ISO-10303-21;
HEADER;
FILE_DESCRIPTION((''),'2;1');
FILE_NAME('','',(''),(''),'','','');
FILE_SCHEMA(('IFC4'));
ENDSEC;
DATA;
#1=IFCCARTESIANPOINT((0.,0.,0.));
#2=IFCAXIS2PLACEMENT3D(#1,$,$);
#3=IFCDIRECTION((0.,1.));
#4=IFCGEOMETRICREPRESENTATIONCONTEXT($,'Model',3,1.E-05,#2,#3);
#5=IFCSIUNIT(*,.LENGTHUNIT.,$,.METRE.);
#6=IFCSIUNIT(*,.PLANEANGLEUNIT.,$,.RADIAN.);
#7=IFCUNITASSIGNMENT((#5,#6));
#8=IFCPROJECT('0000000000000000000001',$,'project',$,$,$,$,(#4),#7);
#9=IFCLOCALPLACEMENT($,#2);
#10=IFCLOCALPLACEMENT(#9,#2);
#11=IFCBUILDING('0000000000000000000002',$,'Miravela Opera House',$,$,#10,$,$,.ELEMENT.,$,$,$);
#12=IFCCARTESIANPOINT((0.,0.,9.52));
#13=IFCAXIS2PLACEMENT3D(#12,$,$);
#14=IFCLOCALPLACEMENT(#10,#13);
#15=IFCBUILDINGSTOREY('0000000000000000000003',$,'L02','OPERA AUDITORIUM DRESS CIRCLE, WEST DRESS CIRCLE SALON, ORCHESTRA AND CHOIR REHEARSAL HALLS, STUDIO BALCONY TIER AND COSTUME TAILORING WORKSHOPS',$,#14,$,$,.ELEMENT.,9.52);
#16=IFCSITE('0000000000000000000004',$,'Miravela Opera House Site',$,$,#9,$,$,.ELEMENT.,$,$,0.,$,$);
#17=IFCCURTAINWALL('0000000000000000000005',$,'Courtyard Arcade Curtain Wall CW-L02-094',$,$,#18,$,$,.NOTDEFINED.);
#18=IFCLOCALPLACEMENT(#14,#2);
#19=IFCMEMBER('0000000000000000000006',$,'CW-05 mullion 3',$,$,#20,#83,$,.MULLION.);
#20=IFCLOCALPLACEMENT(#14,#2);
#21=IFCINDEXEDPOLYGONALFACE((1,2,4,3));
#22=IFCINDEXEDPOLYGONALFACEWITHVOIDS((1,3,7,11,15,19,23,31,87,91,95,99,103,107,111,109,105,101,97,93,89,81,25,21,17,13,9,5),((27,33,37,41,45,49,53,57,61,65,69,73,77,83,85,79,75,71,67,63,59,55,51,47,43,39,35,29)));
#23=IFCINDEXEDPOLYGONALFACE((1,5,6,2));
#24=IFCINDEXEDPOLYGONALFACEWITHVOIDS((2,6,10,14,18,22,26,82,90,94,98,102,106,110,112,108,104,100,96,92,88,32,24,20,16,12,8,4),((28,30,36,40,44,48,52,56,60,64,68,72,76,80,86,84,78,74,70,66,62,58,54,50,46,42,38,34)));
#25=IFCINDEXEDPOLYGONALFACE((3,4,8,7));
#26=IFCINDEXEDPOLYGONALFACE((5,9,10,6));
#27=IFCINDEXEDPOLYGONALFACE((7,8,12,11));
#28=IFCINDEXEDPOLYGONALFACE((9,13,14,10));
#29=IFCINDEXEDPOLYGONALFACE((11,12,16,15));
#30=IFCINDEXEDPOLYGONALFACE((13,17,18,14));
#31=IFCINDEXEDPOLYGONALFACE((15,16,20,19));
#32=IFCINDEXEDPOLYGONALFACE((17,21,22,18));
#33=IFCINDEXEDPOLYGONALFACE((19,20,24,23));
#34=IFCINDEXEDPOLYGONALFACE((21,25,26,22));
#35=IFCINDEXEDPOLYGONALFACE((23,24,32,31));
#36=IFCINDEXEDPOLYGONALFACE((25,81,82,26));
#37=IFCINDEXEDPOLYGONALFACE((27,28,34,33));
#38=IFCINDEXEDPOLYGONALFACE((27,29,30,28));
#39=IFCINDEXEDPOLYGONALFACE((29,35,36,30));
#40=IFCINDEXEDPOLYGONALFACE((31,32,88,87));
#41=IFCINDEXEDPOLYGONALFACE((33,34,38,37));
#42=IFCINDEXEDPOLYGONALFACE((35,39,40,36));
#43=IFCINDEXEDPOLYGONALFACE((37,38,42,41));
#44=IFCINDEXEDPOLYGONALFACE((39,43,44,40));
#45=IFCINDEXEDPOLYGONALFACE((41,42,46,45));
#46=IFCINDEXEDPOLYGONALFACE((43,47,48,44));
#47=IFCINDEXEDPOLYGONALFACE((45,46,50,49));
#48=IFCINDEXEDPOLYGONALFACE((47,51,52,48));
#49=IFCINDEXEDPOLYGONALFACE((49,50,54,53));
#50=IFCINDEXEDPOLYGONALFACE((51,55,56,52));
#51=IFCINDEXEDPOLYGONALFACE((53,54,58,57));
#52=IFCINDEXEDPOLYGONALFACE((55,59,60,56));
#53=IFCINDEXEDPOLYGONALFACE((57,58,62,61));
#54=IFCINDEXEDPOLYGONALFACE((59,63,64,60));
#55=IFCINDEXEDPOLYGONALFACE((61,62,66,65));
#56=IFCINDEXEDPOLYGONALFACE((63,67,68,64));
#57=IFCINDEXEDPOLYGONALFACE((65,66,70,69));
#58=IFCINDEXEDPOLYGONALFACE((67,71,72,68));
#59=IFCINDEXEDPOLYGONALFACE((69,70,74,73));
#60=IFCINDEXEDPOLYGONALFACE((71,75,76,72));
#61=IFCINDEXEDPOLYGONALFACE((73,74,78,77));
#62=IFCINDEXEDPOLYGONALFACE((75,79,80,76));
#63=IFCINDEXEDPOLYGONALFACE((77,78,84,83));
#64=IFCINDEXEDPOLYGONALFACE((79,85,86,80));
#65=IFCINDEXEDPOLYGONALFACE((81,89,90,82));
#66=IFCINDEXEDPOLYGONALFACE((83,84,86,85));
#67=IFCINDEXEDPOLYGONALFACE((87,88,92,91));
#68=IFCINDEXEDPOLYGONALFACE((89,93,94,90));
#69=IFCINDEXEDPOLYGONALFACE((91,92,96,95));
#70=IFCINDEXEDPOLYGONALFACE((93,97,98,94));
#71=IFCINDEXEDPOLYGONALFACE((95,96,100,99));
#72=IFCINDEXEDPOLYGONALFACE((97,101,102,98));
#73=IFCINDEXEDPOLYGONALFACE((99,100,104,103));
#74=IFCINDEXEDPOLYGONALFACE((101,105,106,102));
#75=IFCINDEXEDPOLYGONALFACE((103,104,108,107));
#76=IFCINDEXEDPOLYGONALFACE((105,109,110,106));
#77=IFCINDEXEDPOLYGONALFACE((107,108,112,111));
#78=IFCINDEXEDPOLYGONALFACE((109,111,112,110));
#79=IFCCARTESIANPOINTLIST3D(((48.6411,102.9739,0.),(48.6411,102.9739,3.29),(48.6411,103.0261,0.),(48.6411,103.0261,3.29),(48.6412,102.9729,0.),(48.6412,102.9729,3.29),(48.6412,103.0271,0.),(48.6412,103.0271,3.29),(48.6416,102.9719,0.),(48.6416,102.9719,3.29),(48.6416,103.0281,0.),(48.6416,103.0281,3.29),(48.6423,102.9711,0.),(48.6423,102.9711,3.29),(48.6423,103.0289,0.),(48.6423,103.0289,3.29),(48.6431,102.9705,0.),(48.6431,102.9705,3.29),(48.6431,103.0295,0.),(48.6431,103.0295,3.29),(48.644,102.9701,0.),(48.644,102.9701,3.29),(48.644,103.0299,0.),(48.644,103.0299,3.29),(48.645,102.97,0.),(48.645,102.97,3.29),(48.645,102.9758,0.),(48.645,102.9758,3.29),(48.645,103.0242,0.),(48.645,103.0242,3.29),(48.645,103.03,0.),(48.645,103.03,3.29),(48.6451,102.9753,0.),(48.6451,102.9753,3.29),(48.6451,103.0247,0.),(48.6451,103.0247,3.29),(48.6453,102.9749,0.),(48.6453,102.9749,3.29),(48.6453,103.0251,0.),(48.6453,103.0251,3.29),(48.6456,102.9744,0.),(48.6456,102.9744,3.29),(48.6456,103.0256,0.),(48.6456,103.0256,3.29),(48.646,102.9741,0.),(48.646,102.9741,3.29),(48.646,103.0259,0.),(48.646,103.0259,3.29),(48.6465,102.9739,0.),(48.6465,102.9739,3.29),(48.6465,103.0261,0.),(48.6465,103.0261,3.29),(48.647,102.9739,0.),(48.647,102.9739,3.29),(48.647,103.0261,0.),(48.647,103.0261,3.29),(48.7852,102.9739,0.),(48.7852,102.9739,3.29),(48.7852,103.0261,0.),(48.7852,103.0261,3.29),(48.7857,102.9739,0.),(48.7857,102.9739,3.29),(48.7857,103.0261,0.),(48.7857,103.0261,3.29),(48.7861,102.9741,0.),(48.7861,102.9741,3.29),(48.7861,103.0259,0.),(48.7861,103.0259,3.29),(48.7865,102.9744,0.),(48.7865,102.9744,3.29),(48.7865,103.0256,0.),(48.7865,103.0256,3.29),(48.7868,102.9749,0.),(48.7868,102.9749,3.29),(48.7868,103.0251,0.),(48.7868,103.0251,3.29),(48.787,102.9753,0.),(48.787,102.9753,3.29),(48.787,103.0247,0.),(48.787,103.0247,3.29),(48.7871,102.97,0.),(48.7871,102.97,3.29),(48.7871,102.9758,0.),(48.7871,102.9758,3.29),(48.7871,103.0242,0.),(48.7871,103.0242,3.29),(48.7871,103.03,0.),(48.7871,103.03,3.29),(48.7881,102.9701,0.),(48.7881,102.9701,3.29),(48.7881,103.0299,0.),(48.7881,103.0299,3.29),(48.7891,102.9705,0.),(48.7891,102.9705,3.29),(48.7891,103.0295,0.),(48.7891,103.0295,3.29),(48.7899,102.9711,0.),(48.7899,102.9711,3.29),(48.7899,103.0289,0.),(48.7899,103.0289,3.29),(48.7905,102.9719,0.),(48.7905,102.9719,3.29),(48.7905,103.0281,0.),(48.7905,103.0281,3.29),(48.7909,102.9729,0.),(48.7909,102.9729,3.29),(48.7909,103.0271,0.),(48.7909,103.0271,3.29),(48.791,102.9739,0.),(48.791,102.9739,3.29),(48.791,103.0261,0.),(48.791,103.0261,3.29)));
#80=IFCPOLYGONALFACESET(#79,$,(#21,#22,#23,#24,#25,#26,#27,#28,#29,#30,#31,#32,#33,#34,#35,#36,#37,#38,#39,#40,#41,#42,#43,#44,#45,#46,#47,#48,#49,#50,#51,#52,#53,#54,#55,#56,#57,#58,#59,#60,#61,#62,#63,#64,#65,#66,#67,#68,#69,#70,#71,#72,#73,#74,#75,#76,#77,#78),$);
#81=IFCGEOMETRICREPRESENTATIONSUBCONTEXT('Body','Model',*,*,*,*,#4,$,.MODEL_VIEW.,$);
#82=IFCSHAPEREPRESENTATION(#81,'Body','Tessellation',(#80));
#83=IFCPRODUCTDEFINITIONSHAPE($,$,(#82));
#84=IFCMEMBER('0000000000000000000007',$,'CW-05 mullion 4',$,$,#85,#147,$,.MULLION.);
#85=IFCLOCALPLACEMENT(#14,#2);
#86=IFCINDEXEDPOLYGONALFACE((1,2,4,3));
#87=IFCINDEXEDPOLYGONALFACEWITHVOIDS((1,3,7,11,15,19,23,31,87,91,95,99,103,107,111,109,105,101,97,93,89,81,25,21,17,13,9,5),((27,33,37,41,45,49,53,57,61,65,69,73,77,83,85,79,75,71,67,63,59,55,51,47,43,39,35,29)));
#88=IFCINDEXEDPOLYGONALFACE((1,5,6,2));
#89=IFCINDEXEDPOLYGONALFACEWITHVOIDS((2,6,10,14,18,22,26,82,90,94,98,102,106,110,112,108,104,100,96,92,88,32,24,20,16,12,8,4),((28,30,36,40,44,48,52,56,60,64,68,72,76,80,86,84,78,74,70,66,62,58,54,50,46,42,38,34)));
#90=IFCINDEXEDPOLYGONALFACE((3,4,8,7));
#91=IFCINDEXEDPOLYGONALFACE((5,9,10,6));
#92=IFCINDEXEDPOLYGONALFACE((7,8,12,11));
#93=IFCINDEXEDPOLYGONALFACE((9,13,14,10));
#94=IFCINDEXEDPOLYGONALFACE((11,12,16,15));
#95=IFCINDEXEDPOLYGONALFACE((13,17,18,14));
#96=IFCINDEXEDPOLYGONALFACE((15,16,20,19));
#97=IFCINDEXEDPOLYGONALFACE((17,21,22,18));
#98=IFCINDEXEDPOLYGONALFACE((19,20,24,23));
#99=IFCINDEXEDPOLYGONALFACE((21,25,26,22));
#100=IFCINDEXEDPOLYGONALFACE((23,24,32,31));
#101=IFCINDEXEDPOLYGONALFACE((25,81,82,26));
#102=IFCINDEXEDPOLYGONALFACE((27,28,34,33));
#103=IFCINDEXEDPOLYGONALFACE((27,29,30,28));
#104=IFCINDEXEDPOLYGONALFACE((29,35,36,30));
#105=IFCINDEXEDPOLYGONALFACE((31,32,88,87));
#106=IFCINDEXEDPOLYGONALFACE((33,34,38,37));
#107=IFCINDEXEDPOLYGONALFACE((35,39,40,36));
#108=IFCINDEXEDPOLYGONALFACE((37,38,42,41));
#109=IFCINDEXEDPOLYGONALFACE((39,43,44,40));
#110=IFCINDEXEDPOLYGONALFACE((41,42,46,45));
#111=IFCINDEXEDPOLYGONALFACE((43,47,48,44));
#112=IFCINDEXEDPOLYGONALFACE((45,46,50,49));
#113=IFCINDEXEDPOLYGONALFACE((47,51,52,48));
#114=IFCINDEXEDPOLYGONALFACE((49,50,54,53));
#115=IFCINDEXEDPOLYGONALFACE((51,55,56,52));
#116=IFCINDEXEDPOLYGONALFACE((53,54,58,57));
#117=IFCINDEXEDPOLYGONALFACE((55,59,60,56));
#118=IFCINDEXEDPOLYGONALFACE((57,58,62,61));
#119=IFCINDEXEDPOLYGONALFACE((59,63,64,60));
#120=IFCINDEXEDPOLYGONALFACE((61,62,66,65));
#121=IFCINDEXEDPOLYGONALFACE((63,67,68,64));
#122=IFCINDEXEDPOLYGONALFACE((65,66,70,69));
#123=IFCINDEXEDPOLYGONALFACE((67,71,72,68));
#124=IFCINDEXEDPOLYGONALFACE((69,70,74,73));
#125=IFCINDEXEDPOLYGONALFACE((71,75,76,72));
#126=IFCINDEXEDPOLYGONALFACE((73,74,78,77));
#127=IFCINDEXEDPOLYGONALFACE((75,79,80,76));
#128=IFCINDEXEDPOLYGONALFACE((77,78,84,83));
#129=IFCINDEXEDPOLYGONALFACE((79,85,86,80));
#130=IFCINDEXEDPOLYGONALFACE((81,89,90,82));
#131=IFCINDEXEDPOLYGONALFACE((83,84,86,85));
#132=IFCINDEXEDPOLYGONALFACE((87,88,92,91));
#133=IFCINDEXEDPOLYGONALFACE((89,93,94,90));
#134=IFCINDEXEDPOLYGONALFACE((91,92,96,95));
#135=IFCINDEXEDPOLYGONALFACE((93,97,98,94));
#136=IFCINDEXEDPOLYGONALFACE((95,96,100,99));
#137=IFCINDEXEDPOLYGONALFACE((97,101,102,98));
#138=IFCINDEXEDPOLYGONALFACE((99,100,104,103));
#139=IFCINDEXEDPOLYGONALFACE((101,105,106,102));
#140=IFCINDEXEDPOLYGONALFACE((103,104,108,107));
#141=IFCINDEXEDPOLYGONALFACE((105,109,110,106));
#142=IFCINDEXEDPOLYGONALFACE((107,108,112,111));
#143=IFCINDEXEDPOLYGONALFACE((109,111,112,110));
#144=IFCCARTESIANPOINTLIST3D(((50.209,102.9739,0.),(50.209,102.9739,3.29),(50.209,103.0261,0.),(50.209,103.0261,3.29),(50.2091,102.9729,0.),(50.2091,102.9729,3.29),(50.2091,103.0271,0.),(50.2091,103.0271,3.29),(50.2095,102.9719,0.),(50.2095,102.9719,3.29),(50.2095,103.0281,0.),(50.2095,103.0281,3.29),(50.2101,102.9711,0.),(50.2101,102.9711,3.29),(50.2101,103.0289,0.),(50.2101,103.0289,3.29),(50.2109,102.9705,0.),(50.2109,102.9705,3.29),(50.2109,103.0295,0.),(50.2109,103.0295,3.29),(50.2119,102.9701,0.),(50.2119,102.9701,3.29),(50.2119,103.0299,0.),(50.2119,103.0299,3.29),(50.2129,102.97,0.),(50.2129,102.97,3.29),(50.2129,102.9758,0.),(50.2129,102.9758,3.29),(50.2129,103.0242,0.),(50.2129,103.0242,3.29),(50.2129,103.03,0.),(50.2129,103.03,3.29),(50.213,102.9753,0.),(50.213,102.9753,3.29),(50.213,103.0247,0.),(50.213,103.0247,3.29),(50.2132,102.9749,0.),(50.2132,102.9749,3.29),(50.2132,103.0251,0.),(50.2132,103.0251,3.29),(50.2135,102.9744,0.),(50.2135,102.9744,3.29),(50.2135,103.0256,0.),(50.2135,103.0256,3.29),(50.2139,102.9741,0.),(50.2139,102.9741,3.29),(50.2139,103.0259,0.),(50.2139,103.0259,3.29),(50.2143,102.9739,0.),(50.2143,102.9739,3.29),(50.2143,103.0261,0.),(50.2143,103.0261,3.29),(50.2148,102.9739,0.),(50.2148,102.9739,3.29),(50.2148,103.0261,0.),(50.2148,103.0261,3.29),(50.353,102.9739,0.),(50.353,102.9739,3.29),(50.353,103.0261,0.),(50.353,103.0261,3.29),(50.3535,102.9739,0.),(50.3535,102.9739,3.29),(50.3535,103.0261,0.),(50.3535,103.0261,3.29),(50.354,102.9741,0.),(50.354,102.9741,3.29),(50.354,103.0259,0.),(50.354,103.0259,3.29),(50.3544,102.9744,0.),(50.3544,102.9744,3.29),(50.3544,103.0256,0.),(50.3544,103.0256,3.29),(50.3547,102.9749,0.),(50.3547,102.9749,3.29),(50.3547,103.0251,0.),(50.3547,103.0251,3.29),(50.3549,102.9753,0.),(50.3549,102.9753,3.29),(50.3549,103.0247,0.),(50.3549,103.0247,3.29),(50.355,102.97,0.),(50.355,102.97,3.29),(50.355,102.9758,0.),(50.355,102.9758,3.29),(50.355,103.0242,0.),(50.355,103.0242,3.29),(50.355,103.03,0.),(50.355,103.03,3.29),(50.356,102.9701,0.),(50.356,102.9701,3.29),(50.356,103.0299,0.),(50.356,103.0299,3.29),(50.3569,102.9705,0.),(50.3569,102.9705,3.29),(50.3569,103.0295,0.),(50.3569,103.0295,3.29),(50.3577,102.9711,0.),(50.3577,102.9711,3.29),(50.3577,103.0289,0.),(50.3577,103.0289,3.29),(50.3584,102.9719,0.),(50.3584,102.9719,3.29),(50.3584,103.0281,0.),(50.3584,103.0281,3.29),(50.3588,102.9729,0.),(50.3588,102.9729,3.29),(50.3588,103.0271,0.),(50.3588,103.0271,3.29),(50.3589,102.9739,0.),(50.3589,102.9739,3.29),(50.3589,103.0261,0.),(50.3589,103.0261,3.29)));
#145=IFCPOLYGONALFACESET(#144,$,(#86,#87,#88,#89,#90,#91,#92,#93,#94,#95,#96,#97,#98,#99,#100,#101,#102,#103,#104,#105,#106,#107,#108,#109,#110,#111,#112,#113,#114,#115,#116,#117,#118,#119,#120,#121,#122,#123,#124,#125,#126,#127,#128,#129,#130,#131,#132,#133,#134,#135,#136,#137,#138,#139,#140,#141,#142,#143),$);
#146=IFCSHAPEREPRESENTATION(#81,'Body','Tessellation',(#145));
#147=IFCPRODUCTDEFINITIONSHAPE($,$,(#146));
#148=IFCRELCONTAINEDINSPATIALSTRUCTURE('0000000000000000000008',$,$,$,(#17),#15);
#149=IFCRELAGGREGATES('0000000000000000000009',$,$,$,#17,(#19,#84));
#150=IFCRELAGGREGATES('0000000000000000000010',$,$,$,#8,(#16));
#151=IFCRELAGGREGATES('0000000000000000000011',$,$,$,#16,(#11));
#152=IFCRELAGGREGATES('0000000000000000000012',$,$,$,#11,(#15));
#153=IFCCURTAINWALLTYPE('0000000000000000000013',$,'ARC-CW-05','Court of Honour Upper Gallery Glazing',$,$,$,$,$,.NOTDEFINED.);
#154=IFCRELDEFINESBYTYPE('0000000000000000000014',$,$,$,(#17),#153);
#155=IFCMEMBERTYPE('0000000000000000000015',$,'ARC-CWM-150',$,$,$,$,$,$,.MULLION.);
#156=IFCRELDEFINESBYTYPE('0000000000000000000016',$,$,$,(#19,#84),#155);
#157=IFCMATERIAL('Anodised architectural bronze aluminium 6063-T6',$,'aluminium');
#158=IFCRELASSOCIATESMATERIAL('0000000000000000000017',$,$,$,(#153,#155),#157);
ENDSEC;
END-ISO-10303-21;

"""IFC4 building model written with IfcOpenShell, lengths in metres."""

from ifc_helpers import new_model, si_unit, direction, frame, origin, origin_2d, place, context, subcontext, project, spatial, hollow_rectangle, extrude, material, material_profile, profile_set, type_object, element, aggregate, save


model = new_model("IFC4")

# Units and contexts
model_context = context("Model", 3, precision=1e-05, world=origin(), true_north=direction((0.0, 1.0)))
body_context = subcontext(model_context, "Body", "Model", "MODEL_VIEW")
ifc_project = project(units=[si_unit("LENGTHUNIT", "METRE"), si_unit("PLANEANGLEUNIT", "RADIAN")], contexts=[model_context])

# Site, building, storey
site_placement = place(None, origin())
site = spatial("IfcSite", under=ifc_project, at=site_placement, Name="Miravela Opera House Site", CompositionType="ELEMENT", RefElevation=0.0)
building_placement = place(site_placement, origin())
building = spatial("IfcBuilding", under=site, at=building_placement, Name="Miravela Opera House", CompositionType="ELEMENT")
storey_placement = place(building_placement, frame((0.0, 0.0, 9.52)))
storey = spatial("IfcBuildingStorey", under=building, at=storey_placement, Name="L02", Description="OPERA AUDITORIUM DRESS CIRCLE, WEST DRESS CIRCLE SALON, ORCHESTRA AND CHOIR REHEARSAL HALLS, STUDIO BALCONY TIER AND COSTUME TAILORING WORKSHOPS", CompositionType="ELEMENT", Elevation=9.52)

# Curtain wall, members
ifc_material_1 = material(Name="Anodised architectural bronze aluminium 6063-T6", Category="aluminium")
curtain_wall_type = type_object("IfcCurtainWallType", Name="ARC-CW-05", Description="Court of Honour Upper Gallery Glazing", PredefinedType="NOTDEFINED", material=ifc_material_1)
curtain_wall_placement = place(storey_placement, origin())
curtain_wall = element("IfcCurtainWall", 1, at=curtain_wall_placement, inside=storey, type_object=curtain_wall_type, Name="Courtyard Arcade Curtain Wall CW-L02-094", PredefinedType="NOTDEFINED")
ifc_material_profile_1 = material_profile(ifc_material_1, hollow_rectangle(XDim=0.0601, YDim=0.1499, WallThickness=0.0039, InnerFilletRadius=0.002, OuterFilletRadius=0.0039, at=origin_2d()), Name="CWM-60X150")
ifc_profile_set_1 = profile_set([ifc_material_profile_1])
member_type_1 = type_object("IfcMemberType", Name="ARC-CWM-150", PredefinedType="MULLION", material=ifc_profile_set_1)
member_1_placement = place(storey_placement, frame((48.7161, 103.0, 0.0), z_axis=(0.0, 0.0, 1.0), x_axis=(0.0, 1.0, 0.0)))
member_1 = element("IfcMember", 2, at=member_1_placement, type_object=member_type_1, Name="CW-05 mullion 3", PredefinedType="MULLION", context=body_context, shape_type="SweptSolid", body=[
    extrude(hollow_rectangle(XDim=0.0601, YDim=0.1499, WallThickness=0.0039, InnerFilletRadius=0.002, OuterFilletRadius=0.0039, at=origin_2d()), origin(), (0.0, 0.0, 1.0), 3.29),
])
member_2_placement = place(storey_placement, frame((50.2839, 103.0, 0.0), z_axis=(0.0, 0.0, 1.0), x_axis=(0.0, 1.0, 0.0)))
member_2 = element("IfcMember", 3, at=member_2_placement, type_object=member_type_1, Name="CW-05 mullion 4", PredefinedType="MULLION", context=body_context, shape_type="SweptSolid", body=[
    extrude(hollow_rectangle(XDim=0.0601, YDim=0.1499, WallThickness=0.0039, InnerFilletRadius=0.002, OuterFilletRadius=0.0039, at=origin_2d()), origin(), (0.0, 0.0, 1.0), 3.29),
])
aggregate(curtain_wall, [member_1, member_2])

save(model, "model.ifc")
